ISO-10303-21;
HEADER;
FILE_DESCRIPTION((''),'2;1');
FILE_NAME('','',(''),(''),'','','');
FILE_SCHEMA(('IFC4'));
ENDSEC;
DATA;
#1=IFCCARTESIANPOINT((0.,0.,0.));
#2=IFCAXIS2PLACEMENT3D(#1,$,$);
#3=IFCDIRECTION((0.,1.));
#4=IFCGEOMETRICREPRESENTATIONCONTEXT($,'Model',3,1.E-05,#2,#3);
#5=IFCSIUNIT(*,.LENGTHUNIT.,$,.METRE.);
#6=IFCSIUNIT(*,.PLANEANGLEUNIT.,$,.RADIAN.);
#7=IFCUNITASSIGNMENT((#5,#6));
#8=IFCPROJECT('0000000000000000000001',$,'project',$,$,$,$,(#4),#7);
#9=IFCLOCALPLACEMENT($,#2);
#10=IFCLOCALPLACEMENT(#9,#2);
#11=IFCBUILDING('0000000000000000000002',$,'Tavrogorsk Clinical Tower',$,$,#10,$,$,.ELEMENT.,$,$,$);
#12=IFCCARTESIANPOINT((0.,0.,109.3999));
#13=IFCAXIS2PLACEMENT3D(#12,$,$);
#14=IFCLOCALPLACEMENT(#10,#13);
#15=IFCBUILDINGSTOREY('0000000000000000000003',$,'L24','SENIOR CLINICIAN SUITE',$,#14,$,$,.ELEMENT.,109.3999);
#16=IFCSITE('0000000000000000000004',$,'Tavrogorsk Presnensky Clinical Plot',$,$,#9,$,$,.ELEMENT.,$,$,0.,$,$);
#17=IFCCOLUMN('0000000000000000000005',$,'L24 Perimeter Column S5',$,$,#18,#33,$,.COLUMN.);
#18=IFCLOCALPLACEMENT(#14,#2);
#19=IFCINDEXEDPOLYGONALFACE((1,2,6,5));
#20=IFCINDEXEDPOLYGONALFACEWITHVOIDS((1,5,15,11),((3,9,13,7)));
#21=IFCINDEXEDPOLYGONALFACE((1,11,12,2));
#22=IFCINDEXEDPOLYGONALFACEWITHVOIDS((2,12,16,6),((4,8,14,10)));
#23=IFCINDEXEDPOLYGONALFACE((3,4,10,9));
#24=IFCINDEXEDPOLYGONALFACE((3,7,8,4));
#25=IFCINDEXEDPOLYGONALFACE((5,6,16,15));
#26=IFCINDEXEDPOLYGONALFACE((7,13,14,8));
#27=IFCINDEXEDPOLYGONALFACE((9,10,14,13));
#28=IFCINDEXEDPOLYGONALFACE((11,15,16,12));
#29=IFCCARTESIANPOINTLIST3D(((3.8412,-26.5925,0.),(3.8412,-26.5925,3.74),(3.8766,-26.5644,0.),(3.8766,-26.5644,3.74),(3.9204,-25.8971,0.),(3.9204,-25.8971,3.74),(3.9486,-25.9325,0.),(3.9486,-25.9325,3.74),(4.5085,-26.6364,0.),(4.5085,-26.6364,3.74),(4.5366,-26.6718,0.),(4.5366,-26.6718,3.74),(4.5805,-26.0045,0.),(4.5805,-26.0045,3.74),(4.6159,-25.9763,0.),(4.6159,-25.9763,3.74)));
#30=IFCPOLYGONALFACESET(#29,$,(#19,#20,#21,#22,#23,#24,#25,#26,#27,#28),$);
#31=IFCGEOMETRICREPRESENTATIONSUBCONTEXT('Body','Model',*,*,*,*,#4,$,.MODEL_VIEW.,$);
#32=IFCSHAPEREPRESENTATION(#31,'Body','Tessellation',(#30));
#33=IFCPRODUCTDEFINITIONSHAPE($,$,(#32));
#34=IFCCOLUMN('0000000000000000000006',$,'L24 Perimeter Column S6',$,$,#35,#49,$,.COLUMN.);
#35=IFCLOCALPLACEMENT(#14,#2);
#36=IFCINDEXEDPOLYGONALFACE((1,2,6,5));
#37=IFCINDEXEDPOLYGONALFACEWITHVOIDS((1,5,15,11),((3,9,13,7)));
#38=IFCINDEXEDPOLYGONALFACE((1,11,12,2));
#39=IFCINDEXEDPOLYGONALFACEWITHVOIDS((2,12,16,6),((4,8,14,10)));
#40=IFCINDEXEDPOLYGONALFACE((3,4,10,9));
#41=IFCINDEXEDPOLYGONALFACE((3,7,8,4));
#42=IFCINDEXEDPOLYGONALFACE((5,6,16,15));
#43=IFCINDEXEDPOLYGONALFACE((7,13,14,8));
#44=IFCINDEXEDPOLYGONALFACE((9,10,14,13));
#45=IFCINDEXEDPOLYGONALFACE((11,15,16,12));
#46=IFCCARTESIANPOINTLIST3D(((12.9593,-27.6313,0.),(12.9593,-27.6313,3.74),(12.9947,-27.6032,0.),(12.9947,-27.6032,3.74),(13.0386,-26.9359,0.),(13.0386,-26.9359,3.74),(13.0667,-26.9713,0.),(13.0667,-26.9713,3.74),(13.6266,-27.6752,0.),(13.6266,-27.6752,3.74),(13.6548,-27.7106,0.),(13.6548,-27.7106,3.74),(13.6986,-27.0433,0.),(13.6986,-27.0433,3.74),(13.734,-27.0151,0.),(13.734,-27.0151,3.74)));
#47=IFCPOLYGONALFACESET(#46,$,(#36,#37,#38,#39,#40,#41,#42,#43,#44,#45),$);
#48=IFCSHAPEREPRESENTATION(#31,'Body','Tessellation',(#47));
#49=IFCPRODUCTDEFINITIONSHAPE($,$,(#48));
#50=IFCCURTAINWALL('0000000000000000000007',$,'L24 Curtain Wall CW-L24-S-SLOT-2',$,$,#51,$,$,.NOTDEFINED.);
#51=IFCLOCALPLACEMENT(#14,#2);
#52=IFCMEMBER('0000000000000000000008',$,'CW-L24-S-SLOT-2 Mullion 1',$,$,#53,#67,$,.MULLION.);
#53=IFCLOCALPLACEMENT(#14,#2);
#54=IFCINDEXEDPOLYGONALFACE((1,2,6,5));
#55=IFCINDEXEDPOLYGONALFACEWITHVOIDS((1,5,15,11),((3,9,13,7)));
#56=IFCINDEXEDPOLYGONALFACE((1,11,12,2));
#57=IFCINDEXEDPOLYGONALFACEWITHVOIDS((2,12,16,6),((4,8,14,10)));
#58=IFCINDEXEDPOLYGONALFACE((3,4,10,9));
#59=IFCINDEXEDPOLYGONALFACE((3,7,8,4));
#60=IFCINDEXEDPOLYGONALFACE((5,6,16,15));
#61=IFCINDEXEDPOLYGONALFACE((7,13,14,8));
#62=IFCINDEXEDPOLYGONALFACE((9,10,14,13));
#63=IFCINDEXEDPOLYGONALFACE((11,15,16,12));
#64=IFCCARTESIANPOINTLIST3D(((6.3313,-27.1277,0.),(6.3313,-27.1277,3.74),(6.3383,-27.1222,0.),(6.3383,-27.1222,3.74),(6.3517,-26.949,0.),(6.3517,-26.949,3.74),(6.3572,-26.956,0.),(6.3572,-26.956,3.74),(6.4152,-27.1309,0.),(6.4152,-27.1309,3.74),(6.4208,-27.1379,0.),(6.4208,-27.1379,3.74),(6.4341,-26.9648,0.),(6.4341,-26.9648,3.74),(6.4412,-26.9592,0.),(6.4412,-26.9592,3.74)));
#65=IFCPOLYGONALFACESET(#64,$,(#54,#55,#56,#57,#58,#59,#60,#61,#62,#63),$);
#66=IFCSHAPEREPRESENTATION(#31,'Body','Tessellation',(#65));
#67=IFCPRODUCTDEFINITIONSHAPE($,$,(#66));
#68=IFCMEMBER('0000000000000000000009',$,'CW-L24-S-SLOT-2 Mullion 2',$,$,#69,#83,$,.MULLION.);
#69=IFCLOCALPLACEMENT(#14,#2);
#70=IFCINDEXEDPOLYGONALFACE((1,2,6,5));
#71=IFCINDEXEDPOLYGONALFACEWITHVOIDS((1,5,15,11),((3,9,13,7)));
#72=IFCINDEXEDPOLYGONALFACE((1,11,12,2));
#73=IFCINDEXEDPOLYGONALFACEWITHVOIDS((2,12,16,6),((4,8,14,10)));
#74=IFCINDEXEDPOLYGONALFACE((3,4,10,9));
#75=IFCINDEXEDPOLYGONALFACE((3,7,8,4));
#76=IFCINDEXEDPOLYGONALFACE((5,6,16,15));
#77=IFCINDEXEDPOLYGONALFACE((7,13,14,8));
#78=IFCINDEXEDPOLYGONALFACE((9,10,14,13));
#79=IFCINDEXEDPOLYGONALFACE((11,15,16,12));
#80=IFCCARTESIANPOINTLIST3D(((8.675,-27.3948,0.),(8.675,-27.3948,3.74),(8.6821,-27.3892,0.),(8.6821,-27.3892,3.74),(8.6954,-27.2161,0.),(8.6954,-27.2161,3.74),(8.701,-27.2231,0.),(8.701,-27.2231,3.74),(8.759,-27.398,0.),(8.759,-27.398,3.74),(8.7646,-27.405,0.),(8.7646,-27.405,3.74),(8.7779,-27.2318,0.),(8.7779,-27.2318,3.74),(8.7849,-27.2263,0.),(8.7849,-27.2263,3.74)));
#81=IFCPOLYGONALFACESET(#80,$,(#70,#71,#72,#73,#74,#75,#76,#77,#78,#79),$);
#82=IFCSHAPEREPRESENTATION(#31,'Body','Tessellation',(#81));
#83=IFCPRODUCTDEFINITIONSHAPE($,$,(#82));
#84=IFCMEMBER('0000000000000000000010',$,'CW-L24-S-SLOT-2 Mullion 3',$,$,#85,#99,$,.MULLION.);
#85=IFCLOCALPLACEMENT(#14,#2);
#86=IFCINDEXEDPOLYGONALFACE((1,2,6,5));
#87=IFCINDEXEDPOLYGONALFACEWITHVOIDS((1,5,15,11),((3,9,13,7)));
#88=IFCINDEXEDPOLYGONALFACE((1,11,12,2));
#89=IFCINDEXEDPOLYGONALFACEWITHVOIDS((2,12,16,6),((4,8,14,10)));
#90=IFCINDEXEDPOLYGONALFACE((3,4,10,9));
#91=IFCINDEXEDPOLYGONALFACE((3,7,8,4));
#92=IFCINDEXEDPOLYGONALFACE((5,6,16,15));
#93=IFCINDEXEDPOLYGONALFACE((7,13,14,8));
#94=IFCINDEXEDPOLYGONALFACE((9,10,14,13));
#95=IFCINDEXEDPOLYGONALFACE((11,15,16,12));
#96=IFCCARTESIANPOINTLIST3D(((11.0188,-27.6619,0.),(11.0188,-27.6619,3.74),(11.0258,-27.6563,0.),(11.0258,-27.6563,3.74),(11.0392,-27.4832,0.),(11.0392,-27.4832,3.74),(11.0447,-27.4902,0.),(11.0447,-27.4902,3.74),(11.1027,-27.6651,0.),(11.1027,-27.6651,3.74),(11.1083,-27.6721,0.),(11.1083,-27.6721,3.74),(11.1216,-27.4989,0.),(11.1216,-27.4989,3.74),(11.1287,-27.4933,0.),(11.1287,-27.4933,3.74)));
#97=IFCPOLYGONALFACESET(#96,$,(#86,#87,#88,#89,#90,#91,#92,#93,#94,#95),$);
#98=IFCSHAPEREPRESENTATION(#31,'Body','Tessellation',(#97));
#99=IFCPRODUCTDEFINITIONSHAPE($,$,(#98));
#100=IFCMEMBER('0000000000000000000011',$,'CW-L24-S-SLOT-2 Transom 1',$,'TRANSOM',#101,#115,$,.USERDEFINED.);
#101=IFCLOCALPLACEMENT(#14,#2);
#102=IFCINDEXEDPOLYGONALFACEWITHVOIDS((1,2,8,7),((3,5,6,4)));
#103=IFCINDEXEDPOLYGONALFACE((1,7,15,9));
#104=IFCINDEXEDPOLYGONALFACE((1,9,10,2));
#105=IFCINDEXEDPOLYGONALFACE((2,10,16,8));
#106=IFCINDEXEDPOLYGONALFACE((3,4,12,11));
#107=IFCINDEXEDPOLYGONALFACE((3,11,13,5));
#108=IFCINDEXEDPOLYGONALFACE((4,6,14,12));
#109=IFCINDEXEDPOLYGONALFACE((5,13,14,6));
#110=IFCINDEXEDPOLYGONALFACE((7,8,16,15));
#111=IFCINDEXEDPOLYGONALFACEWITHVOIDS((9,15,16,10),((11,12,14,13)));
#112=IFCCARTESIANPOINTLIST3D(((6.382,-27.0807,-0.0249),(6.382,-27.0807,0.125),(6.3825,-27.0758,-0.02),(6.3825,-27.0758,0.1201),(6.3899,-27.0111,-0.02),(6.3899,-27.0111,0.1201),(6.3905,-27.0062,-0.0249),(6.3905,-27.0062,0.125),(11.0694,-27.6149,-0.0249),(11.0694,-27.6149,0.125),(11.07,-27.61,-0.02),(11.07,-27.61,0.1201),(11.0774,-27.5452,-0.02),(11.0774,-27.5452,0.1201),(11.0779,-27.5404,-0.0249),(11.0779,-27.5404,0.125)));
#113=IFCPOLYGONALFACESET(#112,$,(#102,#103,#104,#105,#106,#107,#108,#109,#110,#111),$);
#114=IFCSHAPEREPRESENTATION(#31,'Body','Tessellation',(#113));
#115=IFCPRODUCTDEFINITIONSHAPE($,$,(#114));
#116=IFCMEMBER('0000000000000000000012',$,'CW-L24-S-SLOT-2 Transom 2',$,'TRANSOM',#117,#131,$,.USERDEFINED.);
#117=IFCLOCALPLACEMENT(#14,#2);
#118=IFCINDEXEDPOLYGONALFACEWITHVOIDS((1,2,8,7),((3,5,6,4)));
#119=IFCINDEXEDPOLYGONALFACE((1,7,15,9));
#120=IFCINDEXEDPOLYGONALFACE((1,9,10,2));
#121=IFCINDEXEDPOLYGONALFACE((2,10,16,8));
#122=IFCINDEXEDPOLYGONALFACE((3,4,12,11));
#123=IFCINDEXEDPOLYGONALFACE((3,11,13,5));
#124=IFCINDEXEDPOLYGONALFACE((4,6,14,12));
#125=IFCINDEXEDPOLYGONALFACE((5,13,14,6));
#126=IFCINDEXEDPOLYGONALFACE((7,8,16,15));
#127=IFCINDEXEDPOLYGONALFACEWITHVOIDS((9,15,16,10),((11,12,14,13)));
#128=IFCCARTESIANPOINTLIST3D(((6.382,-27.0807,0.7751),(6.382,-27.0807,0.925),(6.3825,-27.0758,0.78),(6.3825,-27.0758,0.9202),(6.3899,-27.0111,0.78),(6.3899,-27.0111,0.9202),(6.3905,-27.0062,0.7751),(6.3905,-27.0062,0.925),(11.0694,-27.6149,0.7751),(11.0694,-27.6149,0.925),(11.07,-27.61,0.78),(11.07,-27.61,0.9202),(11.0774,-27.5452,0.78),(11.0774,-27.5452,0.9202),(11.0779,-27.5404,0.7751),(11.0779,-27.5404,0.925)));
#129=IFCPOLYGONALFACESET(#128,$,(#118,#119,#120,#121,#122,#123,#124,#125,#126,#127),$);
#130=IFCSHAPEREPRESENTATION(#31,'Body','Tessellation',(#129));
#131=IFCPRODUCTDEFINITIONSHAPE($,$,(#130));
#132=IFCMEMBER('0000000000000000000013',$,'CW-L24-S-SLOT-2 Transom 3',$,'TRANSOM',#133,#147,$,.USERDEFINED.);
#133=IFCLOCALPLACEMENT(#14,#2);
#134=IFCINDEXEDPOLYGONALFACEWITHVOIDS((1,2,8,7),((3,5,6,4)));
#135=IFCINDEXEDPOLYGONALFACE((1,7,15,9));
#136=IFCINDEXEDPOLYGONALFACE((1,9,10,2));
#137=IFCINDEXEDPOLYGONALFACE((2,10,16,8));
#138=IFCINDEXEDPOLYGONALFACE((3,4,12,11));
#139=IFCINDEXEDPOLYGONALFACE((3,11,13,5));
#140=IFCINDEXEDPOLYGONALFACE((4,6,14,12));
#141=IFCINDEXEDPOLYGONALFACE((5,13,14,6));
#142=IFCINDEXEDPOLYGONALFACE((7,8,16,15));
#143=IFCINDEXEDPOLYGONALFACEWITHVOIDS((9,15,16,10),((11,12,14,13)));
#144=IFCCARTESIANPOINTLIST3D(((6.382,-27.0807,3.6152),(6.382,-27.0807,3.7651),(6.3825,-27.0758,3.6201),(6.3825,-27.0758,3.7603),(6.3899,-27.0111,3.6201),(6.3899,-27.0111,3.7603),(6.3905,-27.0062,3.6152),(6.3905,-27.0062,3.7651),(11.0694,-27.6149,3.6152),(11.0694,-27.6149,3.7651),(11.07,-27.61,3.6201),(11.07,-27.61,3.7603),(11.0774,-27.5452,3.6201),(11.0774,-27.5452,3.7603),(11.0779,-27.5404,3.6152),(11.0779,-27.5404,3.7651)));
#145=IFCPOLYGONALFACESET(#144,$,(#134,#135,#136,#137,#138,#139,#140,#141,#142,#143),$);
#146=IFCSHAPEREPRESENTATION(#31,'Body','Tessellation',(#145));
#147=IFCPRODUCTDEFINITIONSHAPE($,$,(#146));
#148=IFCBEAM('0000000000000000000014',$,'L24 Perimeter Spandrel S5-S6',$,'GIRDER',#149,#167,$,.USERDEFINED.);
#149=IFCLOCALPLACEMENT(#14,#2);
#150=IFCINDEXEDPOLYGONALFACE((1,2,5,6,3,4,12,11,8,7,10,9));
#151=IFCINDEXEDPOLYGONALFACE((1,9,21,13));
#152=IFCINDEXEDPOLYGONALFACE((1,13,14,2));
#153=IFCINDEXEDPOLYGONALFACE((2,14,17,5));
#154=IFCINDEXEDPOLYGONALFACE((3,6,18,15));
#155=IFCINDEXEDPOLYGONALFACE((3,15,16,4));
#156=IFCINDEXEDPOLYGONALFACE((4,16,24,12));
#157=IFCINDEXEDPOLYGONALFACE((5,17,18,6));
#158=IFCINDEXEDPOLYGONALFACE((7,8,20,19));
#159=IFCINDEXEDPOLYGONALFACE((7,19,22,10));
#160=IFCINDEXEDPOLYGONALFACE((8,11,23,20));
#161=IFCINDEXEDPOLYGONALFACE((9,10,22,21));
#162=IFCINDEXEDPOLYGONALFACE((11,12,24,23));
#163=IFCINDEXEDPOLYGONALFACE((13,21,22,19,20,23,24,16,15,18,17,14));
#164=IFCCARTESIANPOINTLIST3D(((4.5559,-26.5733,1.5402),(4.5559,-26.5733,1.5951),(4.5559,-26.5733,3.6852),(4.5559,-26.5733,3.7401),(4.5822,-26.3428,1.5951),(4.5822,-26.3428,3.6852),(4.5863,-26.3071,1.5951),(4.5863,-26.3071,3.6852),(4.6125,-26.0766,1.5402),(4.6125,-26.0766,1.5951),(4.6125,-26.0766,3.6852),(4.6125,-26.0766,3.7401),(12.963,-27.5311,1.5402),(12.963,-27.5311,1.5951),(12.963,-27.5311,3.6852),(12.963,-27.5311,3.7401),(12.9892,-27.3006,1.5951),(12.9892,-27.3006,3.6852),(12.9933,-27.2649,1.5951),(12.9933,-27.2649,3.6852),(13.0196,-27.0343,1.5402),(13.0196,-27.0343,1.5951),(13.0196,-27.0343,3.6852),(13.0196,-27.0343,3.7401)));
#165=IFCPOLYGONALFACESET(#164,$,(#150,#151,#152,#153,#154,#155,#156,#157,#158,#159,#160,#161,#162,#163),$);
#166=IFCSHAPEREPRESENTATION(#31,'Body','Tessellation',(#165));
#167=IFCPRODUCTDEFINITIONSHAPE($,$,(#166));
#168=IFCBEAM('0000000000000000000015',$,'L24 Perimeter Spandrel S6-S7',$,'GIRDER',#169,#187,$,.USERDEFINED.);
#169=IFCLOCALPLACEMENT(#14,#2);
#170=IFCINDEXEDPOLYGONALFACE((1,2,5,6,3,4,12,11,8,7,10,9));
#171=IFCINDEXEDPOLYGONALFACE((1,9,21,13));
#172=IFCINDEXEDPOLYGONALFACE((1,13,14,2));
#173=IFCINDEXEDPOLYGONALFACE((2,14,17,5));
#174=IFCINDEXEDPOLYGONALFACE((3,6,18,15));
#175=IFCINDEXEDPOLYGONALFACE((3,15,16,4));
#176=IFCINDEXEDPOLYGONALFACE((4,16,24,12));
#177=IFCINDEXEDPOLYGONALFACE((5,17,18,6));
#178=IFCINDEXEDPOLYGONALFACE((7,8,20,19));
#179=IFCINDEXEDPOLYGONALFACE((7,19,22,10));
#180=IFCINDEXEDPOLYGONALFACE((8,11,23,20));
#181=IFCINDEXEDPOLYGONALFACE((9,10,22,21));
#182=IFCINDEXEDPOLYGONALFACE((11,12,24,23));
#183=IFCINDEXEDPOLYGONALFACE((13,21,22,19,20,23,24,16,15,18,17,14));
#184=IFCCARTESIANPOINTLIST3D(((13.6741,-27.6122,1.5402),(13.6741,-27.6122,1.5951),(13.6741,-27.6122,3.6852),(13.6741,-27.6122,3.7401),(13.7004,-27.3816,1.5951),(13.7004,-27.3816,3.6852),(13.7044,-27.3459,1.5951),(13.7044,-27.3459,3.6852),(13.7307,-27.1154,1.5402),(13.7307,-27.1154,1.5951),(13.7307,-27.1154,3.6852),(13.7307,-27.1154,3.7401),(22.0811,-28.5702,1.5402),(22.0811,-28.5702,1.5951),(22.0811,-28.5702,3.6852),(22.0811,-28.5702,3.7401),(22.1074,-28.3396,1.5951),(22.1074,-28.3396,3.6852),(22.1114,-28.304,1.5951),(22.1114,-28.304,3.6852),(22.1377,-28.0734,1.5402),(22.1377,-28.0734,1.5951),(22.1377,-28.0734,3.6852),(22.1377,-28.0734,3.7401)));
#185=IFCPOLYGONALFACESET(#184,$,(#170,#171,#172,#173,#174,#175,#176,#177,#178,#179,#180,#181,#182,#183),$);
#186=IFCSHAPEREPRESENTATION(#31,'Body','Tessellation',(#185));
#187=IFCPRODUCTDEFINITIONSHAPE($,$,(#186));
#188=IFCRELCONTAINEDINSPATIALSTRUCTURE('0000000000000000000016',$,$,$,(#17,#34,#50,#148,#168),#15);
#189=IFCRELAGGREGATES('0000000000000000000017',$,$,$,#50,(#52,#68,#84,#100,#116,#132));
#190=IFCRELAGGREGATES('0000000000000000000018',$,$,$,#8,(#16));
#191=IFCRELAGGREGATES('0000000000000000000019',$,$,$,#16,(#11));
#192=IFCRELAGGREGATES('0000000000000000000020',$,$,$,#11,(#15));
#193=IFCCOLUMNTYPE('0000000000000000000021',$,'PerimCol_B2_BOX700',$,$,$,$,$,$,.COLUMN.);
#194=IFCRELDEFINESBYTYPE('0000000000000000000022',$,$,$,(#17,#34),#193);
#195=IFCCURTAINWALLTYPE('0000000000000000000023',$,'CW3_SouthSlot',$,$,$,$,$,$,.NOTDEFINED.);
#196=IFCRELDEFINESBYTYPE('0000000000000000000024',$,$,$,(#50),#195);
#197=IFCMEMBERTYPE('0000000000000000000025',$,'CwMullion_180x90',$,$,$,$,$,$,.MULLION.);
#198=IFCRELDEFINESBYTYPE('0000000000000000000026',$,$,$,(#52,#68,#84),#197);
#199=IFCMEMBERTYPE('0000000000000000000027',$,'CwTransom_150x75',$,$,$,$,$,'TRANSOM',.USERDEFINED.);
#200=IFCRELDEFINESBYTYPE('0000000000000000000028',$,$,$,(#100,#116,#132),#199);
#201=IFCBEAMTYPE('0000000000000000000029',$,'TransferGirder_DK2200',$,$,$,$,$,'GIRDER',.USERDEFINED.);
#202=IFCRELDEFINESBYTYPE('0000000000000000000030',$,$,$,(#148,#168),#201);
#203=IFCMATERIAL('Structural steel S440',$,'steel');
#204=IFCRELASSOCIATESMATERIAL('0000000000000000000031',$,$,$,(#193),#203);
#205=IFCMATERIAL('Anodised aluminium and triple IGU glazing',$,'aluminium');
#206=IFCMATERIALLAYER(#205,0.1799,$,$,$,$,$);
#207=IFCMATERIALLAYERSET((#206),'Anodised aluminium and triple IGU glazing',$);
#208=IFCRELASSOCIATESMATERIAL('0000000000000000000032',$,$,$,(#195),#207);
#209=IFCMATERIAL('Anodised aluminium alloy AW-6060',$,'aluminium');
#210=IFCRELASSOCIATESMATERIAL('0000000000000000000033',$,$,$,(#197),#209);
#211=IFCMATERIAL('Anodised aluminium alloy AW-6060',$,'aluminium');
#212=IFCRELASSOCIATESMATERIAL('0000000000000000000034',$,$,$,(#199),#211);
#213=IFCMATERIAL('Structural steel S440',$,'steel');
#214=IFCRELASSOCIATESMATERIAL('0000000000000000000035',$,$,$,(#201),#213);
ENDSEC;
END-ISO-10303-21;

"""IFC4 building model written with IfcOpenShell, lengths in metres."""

from ifc_helpers import new_model, si_unit, direction, frame, origin, origin_2d, place, context, subcontext, project, spatial, hollow_rectangle, i_section, extrude, material, layer, layer_set, material_profile, profile_set, type_object, element, aggregate, save


model = new_model("IFC4")

# Units and contexts
model_context = context("Model", 3, precision=1e-05, world=origin(), true_north=direction((0.0, 1.0)))
body_context = subcontext(model_context, "Body", "Model", "MODEL_VIEW")
ifc_project = project(units=[si_unit("LENGTHUNIT", "METRE"), si_unit("PLANEANGLEUNIT", "RADIAN")], contexts=[model_context])

# Site, building, storey
site_placement = place(None, origin())
site = spatial("IfcSite", under=ifc_project, at=site_placement, Name="Tavrogorsk Presnensky Clinical Plot", CompositionType="ELEMENT", RefElevation=0.0)
building_placement = place(site_placement, origin())
building = spatial("IfcBuilding", under=site, at=building_placement, Name="Tavrogorsk Clinical Tower", CompositionType="ELEMENT")
storey_placement = place(building_placement, frame((0.0, 0.0, 109.3999)))
storey = spatial("IfcBuildingStorey", under=building, at=storey_placement, Name="L24", Description="SENIOR CLINICIAN SUITE", CompositionType="ELEMENT", Elevation=109.3999)

# Columns
ifc_material_1 = material(Name="Structural steel S440", Category="steel")
ifc_material_profile_1 = material_profile(ifc_material_1, hollow_rectangle(XDim=0.7, YDim=0.7, WallThickness=0.032, at=origin_2d()), Name="BOX-700x700x32")
ifc_profile_set_1 = profile_set([ifc_material_profile_1], Name="Structural steel S440")
column_type = type_object("IfcColumnType", Name="PerimCol_B2_BOX700", PredefinedType="COLUMN", material=ifc_profile_set_1)
for number, where, z_axis, x_axis, name in (
    (1, (4.2285, -26.2844, 0.0), (0.0, 0.0, 1.0), (0.993572, -0.113203, 0.0), "L24 Perimeter Column S5"),
    (2, (13.3467, -27.3232, 0.0), (0.0, 0.0, 1.0), (0.993572, -0.113203, 0.0), "L24 Perimeter Column S6"),
):
    element("IfcColumn", number, at=place(storey_placement, frame(where, z_axis=z_axis, x_axis=x_axis)), inside=storey, type_object=column_type, Name=name, PredefinedType="COLUMN", context=body_context, shape_type="SweptSolid", body=[
        extrude(hollow_rectangle(XDim=0.7, YDim=0.7, WallThickness=0.032, at=origin_2d()), origin(), (0.0, 0.0, 1.0), 3.74),
    ])

# Curtain wall, members
ifc_material_2 = material(Name="Anodised aluminium and triple IGU glazing", Category="aluminium")
ifc_layer_1 = layer(ifc_material_2, 0.1799)
ifc_layer_set_1 = layer_set([ifc_layer_1], Name="Anodised aluminium and triple IGU glazing")
curtain_wall_type = type_object("IfcCurtainWallType", Name="CW3_SouthSlot", PredefinedType="NOTDEFINED", material=ifc_layer_set_1)
curtain_wall_placement = place(storey_placement, origin())
curtain_wall = element("IfcCurtainWall", 3, at=curtain_wall_placement, inside=storey, type_object=curtain_wall_type, Name="L24 Curtain Wall CW-L24-S-SLOT-2", PredefinedType="NOTDEFINED")
ifc_material_3 = material(Name="Anodised aluminium alloy AW-6060", Category="aluminium")
ifc_material_profile_2 = material_profile(ifc_material_3, hollow_rectangle(XDim=0.0901, YDim=0.1799, WallThickness=0.0063, at=origin_2d()), Name="RHS-180x90x6.3")
ifc_profile_set_2 = profile_set([ifc_material_profile_2], Name="Anodised aluminium alloy AW-6060")
member_type_1 = type_object("IfcMemberType", Name="CwMullion_180x90", PredefinedType="MULLION", material=ifc_profile_set_2)
member_1_placement = place(storey_placement, frame((6.3862, -27.0435, 0.0), z_axis=(0.0, 0.0, 1.0), x_axis=(0.993572, -0.113203, 0.0)))
member_1 = element("IfcMember", 4, at=member_1_placement, type_object=member_type_1, Name="CW-L24-S-SLOT-2 Mullion 1", PredefinedType="MULLION", context=body_context, shape_type="SweptSolid", body=[
    extrude(hollow_rectangle(XDim=0.0901, YDim=0.1799, WallThickness=0.0063, at=origin_2d()), origin(), (0.0, 0.0, 1.0), 3.74),
])
member_2_placement = place(storey_placement, frame((8.73, -27.3105, 0.0), z_axis=(0.0, 0.0, 1.0), x_axis=(0.993572, -0.113203, 0.0)))
member_2 = element("IfcMember", 5, at=member_2_placement, type_object=member_type_1, Name="CW-L24-S-SLOT-2 Mullion 2", PredefinedType="MULLION", context=body_context, shape_type="SweptSolid", body=[
    extrude(hollow_rectangle(XDim=0.0901, YDim=0.1799, WallThickness=0.0063, at=origin_2d()), origin(), (0.0, 0.0, 1.0), 3.74),
])
member_3_placement = place(storey_placement, frame((11.0737, -27.5776, 0.0), z_axis=(0.0, 0.0, 1.0), x_axis=(0.993572, -0.113203, 0.0)))
member_3 = element("IfcMember", 6, at=member_3_placement, type_object=member_type_1, Name="CW-L24-S-SLOT-2 Mullion 3", PredefinedType="MULLION", context=body_context, shape_type="SweptSolid", body=[
    extrude(hollow_rectangle(XDim=0.0901, YDim=0.1799, WallThickness=0.0063, at=origin_2d()), origin(), (0.0, 0.0, 1.0), 3.74),
])
ifc_material_4 = material(Name="Anodised aluminium alloy AW-6060", Category="aluminium")
ifc_material_profile_3 = material_profile(ifc_material_4, hollow_rectangle(XDim=0.075, YDim=0.1499, WallThickness=0.0049, at=origin_2d()), Name="RHS-150x75x5")
ifc_profile_set_3 = profile_set([ifc_material_profile_3], Name="Anodised aluminium alloy AW-6060")
member_type_2 = type_object("IfcMemberType", Name="CwTransom_150x75", ElementType="TRANSOM", PredefinedType="USERDEFINED", material=ifc_profile_set_3)
member_4_placement = place(storey_placement, frame((6.3862, -27.0435, 0.05), z_axis=(0.993569, -0.113226, 0.0), x_axis=(0.113226, 0.993569, 0.0)))
member_4 = element("IfcMember", 7, at=member_4_placement, type_object=member_type_2, Name="CW-L24-S-SLOT-2 Transom 1", ObjectType="TRANSOM", PredefinedType="USERDEFINED", context=body_context, shape_type="SweptSolid", body=[
    extrude(hollow_rectangle(XDim=0.075, YDim=0.1499, WallThickness=0.0049, at=origin_2d()), origin(), (0.0, 0.0, 1.0), 4.7178),
])
member_5_placement = place(storey_placement, frame((6.3862, -27.0435, 0.8501), z_axis=(0.993569, -0.113226, 0.0), x_axis=(0.113226, 0.993569, 0.0)))
member_5 = element("IfcMember", 8, at=member_5_placement, type_object=member_type_2, Name="CW-L24-S-SLOT-2 Transom 2", ObjectType="TRANSOM", PredefinedType="USERDEFINED", context=body_context, shape_type="SweptSolid", body=[
    extrude(hollow_rectangle(XDim=0.075, YDim=0.1499, WallThickness=0.0049, at=origin_2d()), origin(), (0.0, 0.0, 1.0), 4.7178),
])
member_6_placement = place(storey_placement, frame((6.3862, -27.0435, 3.6902), z_axis=(0.993569, -0.113226, 0.0), x_axis=(0.113226, 0.993569, 0.0)))
member_6 = element("IfcMember", 9, at=member_6_placement, type_object=member_type_2, Name="CW-L24-S-SLOT-2 Transom 3", ObjectType="TRANSOM", PredefinedType="USERDEFINED", context=body_context, shape_type="SweptSolid", body=[
    extrude(hollow_rectangle(XDim=0.075, YDim=0.1499, WallThickness=0.0049, at=origin_2d()), origin(), (0.0, 0.0, 1.0), 4.7178),
])

# Beams
ifc_material_5 = material(Name="Structural steel S440", Category="steel")
ifc_material_profile_4 = material_profile(ifc_material_5, i_section(OverallWidth=0.5, OverallDepth=2.2, WebThickness=0.0359, FlangeThickness=0.0549, at=origin_2d()), Name="DK-2200x500x36x55")
ifc_profile_set_4 = profile_set([ifc_material_profile_4], Name="Structural steel S440")
beam_type = type_object("IfcBeamType", Name="TransferGirder_DK2200", ElementType="GIRDER", PredefinedType="USERDEFINED", material=ifc_profile_set_4)
for number, where, z_axis, x_axis, name in (
    (10, (4.5842, -26.325, 2.6401), (0.993573, -0.113193, 0.0), (0.113193, 0.993573, 0.0), "L24 Perimeter Spandrel S5-S6"),
    (11, (13.7024, -27.3638, 2.6401), (0.99357, -0.113221, 0.0), (0.113221, 0.99357, 0.0), "L24 Perimeter Spandrel S6-S7"),
):
    element("IfcBeam", number, at=place(storey_placement, frame(where, z_axis=z_axis, x_axis=x_axis)), inside=storey, type_object=beam_type, Name=name, ObjectType="GIRDER", PredefinedType="USERDEFINED", context=body_context, shape_type="SweptSolid", body=[
        extrude(i_section(OverallWidth=0.5, OverallDepth=2.2, WebThickness=0.0359, FlangeThickness=0.0549, at=origin_2d()), origin(), (0.0, 0.0, 1.0), 8.4614),
    ])

aggregate(curtain_wall, [member_1, member_2, member_3, member_4, member_5, member_6])

save(model, "model.ifc")
